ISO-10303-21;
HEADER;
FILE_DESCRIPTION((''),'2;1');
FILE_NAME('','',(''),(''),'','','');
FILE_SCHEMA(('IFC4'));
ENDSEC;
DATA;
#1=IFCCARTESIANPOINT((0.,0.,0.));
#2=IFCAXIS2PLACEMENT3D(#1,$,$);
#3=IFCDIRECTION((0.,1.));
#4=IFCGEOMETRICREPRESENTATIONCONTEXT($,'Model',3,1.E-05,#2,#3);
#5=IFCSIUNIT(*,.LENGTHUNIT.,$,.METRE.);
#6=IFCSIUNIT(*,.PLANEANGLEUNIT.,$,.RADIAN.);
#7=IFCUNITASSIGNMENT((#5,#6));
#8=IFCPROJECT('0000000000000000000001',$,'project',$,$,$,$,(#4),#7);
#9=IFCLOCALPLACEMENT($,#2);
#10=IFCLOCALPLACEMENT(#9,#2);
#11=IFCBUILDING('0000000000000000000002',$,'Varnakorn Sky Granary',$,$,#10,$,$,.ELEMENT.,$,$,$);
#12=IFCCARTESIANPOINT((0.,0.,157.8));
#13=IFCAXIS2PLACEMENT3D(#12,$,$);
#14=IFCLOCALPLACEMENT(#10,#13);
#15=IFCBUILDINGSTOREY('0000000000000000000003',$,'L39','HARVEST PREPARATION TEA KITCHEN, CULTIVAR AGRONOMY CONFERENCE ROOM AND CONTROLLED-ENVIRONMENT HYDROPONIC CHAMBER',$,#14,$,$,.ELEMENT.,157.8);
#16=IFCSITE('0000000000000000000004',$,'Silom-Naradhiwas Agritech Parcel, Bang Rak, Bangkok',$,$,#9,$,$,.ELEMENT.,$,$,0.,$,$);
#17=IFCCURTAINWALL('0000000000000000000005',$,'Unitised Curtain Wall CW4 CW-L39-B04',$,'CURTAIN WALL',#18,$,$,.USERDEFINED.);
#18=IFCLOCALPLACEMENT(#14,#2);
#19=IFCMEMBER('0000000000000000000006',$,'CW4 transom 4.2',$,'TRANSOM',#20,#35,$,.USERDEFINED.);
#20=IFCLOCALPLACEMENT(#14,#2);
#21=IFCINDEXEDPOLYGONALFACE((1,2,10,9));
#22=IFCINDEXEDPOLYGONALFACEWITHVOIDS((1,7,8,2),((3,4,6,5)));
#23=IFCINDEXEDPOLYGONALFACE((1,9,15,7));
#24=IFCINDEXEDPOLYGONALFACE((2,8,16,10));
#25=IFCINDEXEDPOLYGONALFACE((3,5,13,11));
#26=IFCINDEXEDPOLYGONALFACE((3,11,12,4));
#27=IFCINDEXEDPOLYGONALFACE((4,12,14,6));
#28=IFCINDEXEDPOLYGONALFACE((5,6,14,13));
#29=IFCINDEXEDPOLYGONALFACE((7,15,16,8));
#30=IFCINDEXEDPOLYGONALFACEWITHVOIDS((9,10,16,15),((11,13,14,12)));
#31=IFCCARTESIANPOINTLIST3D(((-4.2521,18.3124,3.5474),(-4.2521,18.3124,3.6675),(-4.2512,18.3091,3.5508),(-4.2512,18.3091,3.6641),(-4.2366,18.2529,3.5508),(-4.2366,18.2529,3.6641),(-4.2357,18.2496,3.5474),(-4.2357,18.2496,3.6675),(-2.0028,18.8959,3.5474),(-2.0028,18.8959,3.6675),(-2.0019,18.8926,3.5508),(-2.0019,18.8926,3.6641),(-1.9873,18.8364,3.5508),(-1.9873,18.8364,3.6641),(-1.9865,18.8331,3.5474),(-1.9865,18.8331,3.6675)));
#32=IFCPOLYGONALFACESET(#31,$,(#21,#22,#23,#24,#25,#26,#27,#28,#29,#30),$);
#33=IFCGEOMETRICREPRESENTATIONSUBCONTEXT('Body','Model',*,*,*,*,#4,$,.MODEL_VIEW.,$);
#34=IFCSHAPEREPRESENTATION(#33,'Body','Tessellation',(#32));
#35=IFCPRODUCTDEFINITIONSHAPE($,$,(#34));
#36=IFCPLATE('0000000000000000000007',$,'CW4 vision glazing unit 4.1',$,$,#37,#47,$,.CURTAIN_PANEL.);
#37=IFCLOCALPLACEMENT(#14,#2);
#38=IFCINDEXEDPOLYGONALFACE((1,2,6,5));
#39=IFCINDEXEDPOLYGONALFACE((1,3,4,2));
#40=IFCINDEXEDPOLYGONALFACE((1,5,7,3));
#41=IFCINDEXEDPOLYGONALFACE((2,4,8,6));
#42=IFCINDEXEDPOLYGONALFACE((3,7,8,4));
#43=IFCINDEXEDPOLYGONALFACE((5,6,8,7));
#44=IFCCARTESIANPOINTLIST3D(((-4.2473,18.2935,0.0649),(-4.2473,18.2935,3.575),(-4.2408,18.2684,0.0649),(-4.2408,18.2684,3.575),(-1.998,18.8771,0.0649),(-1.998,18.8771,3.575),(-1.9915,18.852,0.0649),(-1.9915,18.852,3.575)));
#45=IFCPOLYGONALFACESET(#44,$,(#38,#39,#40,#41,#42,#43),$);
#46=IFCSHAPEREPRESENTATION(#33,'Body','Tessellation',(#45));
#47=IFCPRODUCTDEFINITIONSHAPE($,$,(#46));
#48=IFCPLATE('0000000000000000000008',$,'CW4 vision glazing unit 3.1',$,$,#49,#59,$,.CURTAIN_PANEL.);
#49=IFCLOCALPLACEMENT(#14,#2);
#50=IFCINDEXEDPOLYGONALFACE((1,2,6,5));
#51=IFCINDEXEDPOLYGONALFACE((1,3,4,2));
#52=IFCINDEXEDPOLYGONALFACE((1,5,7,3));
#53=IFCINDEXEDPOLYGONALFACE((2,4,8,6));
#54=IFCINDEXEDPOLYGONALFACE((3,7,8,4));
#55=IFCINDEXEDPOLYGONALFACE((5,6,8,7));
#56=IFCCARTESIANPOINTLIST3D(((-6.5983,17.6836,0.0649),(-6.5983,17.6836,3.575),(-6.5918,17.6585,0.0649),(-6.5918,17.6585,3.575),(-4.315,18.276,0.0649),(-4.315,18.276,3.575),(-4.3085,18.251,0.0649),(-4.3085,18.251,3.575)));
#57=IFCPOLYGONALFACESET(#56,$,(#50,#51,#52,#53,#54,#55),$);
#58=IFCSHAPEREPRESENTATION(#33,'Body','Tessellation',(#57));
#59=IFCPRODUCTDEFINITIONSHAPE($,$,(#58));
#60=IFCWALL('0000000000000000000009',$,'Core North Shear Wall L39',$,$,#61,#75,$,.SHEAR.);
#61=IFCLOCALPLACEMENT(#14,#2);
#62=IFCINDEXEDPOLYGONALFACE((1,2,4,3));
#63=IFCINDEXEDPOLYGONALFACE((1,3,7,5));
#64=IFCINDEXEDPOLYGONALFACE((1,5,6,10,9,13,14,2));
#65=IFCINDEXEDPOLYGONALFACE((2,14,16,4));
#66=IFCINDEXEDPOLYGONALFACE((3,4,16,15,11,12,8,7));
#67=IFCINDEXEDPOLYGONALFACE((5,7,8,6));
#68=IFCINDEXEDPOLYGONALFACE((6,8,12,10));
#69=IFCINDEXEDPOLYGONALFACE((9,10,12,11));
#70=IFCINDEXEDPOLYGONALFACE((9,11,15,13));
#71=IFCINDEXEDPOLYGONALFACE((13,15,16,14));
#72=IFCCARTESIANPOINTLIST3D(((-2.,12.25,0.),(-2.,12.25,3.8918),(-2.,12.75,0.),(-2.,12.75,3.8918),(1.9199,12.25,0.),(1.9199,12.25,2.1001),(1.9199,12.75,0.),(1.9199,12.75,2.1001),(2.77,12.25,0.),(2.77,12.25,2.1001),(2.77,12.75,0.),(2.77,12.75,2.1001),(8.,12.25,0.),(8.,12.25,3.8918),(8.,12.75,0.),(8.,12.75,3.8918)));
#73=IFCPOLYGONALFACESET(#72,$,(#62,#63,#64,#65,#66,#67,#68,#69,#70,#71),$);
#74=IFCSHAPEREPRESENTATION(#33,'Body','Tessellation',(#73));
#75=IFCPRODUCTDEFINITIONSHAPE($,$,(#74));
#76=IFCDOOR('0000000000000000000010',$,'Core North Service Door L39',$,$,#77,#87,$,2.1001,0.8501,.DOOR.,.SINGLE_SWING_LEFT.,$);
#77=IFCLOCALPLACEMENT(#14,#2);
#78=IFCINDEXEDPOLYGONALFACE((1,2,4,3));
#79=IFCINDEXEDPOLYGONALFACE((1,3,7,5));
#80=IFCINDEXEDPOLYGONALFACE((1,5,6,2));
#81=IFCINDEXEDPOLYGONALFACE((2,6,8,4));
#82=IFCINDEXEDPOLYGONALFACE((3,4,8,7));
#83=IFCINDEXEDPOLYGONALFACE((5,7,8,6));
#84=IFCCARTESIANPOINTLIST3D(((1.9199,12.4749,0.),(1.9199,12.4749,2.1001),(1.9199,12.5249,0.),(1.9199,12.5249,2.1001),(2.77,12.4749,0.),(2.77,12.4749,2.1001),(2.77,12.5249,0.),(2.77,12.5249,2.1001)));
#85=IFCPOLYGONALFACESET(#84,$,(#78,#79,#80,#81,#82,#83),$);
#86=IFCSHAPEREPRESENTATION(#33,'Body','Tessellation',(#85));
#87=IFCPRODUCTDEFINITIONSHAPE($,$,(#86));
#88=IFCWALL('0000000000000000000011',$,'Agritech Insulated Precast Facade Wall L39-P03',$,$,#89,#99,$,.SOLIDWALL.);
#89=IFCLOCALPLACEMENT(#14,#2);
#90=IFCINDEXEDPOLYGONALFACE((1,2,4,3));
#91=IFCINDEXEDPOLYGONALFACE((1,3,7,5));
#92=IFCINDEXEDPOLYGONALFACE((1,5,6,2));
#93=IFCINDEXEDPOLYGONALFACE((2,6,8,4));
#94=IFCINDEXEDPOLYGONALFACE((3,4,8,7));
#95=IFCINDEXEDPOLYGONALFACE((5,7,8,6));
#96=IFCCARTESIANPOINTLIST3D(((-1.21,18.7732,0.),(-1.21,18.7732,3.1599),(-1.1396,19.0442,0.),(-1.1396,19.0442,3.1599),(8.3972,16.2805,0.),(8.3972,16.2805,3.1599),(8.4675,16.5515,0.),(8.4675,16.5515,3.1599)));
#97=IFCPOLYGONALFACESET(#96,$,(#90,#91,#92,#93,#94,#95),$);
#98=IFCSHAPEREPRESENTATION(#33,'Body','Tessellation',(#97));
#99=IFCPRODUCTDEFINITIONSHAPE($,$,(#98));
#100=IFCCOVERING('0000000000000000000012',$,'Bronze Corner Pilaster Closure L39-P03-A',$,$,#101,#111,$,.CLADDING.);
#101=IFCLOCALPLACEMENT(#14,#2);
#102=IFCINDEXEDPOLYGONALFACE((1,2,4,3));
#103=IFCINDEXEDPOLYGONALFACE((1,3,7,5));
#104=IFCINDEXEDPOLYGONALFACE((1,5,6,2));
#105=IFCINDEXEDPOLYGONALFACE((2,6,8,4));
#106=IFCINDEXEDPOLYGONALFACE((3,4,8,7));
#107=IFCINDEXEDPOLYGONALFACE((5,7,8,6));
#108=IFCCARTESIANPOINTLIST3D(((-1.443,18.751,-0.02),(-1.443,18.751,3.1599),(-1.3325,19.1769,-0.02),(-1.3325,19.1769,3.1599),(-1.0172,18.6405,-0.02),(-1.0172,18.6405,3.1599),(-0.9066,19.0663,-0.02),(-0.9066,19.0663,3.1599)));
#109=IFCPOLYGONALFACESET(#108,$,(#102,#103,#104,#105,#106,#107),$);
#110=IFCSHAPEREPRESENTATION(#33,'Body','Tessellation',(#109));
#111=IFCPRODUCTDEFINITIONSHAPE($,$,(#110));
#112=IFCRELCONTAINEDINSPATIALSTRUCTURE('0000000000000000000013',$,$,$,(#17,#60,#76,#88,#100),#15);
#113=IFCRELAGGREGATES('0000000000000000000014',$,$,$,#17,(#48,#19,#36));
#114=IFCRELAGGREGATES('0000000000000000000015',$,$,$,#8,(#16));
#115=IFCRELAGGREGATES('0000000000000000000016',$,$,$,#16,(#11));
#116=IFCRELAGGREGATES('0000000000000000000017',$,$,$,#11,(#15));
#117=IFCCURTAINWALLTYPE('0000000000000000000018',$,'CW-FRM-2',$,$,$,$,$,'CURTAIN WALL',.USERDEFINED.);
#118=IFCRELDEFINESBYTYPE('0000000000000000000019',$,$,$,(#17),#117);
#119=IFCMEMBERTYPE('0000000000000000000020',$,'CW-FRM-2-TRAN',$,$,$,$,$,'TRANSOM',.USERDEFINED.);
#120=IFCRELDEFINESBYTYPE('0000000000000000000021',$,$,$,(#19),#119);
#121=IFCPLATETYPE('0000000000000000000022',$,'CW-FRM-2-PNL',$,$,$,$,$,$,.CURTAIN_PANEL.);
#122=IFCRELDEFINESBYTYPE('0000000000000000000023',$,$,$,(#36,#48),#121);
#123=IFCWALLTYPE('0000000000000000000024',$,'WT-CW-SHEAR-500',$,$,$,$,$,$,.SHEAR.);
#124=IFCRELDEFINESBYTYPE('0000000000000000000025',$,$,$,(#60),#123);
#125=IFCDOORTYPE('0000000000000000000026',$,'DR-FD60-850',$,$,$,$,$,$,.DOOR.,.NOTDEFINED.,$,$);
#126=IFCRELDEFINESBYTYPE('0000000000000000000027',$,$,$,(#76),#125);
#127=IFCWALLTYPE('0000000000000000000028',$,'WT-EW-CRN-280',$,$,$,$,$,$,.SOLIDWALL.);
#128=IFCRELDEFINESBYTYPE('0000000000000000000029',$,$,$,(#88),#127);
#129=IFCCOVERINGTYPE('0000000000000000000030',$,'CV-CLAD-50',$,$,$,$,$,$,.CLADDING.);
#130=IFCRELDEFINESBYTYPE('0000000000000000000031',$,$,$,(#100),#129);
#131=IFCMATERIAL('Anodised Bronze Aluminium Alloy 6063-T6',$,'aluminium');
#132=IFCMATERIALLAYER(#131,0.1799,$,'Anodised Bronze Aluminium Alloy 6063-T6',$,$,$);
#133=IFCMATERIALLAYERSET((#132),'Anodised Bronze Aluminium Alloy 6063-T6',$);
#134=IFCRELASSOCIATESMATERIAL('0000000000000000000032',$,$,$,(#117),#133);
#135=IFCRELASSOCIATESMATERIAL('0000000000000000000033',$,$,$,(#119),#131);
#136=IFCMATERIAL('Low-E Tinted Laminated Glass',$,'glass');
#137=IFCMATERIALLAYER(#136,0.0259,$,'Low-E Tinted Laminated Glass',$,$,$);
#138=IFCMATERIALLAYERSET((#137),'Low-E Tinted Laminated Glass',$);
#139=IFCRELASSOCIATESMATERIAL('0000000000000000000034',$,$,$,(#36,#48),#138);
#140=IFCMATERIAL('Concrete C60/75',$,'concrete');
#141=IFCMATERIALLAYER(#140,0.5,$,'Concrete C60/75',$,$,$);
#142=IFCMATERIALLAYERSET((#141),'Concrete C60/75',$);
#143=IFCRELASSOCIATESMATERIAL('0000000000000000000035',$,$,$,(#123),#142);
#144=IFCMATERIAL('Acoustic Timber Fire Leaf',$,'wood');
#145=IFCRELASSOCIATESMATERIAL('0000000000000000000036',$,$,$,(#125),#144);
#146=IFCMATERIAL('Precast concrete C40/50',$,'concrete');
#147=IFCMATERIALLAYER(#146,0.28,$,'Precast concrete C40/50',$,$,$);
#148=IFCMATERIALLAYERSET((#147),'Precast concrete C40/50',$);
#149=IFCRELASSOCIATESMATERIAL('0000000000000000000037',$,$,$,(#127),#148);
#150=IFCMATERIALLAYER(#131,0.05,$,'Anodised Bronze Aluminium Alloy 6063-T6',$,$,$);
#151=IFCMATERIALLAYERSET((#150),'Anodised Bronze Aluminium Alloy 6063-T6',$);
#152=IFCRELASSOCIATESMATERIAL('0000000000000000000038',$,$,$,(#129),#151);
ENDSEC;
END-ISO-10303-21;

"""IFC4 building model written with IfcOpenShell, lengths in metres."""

from ifc_helpers import new_model, si_unit, direction, frame, frame_2d, origin, origin_2d, place, context, subcontext, project, spatial, rectangle, hollow_rectangle, extrude, source, transform, mapped, material, layer, layer_set, material_profile, profile_set, type_object, type_shapes, element, fill, aggregate, save


model = new_model("IFC4")

# Units and contexts
model_context = context("Model", 3, precision=1e-05, world=origin(), true_north=direction((0.0, 1.0)))
body_context = subcontext(model_context, "Body", "Model", "MODEL_VIEW")
ifc_project = project(units=[si_unit("LENGTHUNIT", "METRE"), si_unit("PLANEANGLEUNIT", "RADIAN")], contexts=[model_context])

# Site, building, storey
site_placement = place(None, origin())
site = spatial("IfcSite", under=ifc_project, at=site_placement, Name="Silom-Naradhiwas Agritech Parcel, Bang Rak, Bangkok", CompositionType="ELEMENT", RefElevation=0.0)
building_placement = place(site_placement, origin())
building = spatial("IfcBuilding", under=site, at=building_placement, Name="Varnakorn Sky Granary", CompositionType="ELEMENT")
storey_placement = place(building_placement, frame((0.0, 0.0, 157.8)))
storey = spatial("IfcBuildingStorey", under=building, at=storey_placement, Name="L39", Description="HARVEST PREPARATION TEA KITCHEN, CULTIVAR AGRONOMY CONFERENCE ROOM AND CONTROLLED-ENVIRONMENT HYDROPONIC CHAMBER", CompositionType="ELEMENT", Elevation=157.8)

# Curtain wall, member, plates
ifc_material_1 = material(Name="Anodised Bronze Aluminium Alloy 6063-T6", Category="aluminium")
ifc_layer_1 = layer(ifc_material_1, 0.1799, Name="Anodised Bronze Aluminium Alloy 6063-T6")
ifc_layer_set_1 = layer_set([ifc_layer_1], Name="Anodised Bronze Aluminium Alloy 6063-T6")
curtain_wall_type = type_object("IfcCurtainWallType", Name="CW-FRM-2", ElementType="CURTAIN WALL", PredefinedType="USERDEFINED", material=ifc_layer_set_1)
curtain_wall_placement = place(storey_placement, origin())
curtain_wall = element("IfcCurtainWall", 1, at=curtain_wall_placement, inside=storey, type_object=curtain_wall_type, Name="Unitised Curtain Wall CW4 CW-L39-B04", ObjectType="CURTAIN WALL", PredefinedType="USERDEFINED")
ifc_material_profile_1 = material_profile(ifc_material_1, hollow_rectangle(XDim=0.0649, YDim=0.1201, WallThickness=0.0034, at=origin_2d()), Name="ALU TRAN 65x120")
ifc_profile_set_1 = profile_set([ifc_material_profile_1], Name="Anodised Bronze Aluminium Alloy 6063-T6")
member_type_1 = type_object("IfcMemberType", Name="CW-FRM-2-TRAN", ElementType="TRANSOM", PredefinedType="USERDEFINED", material=ifc_profile_set_1)
member_1_placement = place(storey_placement, frame((-4.2439, 18.281, 3.6074), z_axis=(0.96796, 0.251104, 0.0), x_axis=(-0.251104, 0.96796, 0.0)))
member_1 = element("IfcMember", 2, at=member_1_placement, type_object=member_type_1, Name="CW4 transom 4.2", ObjectType="TRANSOM", PredefinedType="USERDEFINED", context=body_context, shape_type="SweptSolid", body=[
    extrude(hollow_rectangle(XDim=0.0649, YDim=0.1201, WallThickness=0.0034, at=origin_2d()), origin(), (0.0, 0.0, 1.0), 2.3237),
])
ifc_material_2 = material(Name="Low-E Tinted Laminated Glass", Category="glass")
ifc_layer_2 = layer(ifc_material_2, 0.0259, Name="Low-E Tinted Laminated Glass")
ifc_layer_set_2 = layer_set([ifc_layer_2], Name="Low-E Tinted Laminated Glass")
plate_type = type_object("IfcPlateType", Name="CW-FRM-2-PNL", PredefinedType="CURTAIN_PANEL")
shared_shape_1 = source(origin(), body_context, "Body", "SweptSolid", [
    extrude(rectangle(XDim=2.3237, YDim=0.0259, at=origin_2d()), origin(), (0.0, 0.0, 1.0), 3.51),
])
plate_1_placement = place(storey_placement, frame((-3.1194, 18.5728, 0.0649), z_axis=(0.0, 0.0, 1.0), x_axis=(0.967949, 0.251146, 0.0)))
plate_1 = element("IfcPlate", 3, at=plate_1_placement, type_object=plate_type, material=ifc_layer_set_2, Name="CW4 vision glazing unit 4.1", PredefinedType="CURTAIN_PANEL", context=body_context, shape_type="MappedRepresentation", body=[
    mapped(shared_shape_1, transform((0.0, 0.0, 0.0), x_axis=(1.0, 0.0, 0.0), y_axis=(0.0, 1.0, 0.0), z_axis=(0.0, 0.0, 1.0), scale=1.0)),
])
shared_shape_2 = source(origin(), body_context, "Body", "SweptSolid", [
    extrude(rectangle(XDim=2.3589, YDim=0.0259, at=origin_2d()), origin(), (0.0, 0.0, 1.0), 3.51),
])
type_shapes(plate_type, [shared_shape_1, shared_shape_2])
plate_2_placement = place(storey_placement, frame((-5.4534, 17.9673, 0.0649), z_axis=(0.0, 0.0, 1.0), x_axis=(0.967949, 0.251146, 0.0)))
plate_2 = element("IfcPlate", 4, at=plate_2_placement, type_object=plate_type, material=ifc_layer_set_2, Name="CW4 vision glazing unit 3.1", PredefinedType="CURTAIN_PANEL", context=body_context, shape_type="MappedRepresentation", body=[
    mapped(shared_shape_2, transform((0.0, 0.0, 0.0), x_axis=(1.0, 0.0, 0.0), y_axis=(0.0, 1.0, 0.0), z_axis=(0.0, 0.0, 1.0), scale=1.0)),
])
aggregate(curtain_wall, [plate_2, member_1, plate_1])

# Wall, opening, door
ifc_material_3 = material(Name="Concrete C60/75", Category="concrete")
ifc_layer_3 = layer(ifc_material_3, 0.5, Name="Concrete C60/75")
ifc_layer_set_3 = layer_set([ifc_layer_3], Name="Concrete C60/75")
wall_type_1 = type_object("IfcWallType", Name="WT-CW-SHEAR-500", PredefinedType="SHEAR", material=ifc_layer_set_3)
wall_1_placement = place(storey_placement, frame((-2.0, 12.5, 0.0), z_axis=(0.0, 0.0, 1.0), x_axis=(1.0, 0.0, 0.0)))
wall_1 = element("IfcWall", 5, at=wall_1_placement, inside=storey, type_object=wall_type_1, Name="Core North Shear Wall L39", PredefinedType="SHEAR", context=body_context, shape_type="SweptSolid", body=[
    extrude(rectangle(XDim=10.0, YDim=0.5, at=frame_2d((5.0, 0.0))), origin(), (0.0, 0.0, 1.0), 3.8918),
])
opening_placement = place(wall_1_placement, frame((3.9199, 0.0, 0.0)))
opening = element("IfcOpeningElement", 6, at=opening_placement, cuts=wall_1, PredefinedType="OPENING", context=body_context, shape_type="SweptSolid", body=[
    extrude(rectangle(XDim=0.8501, YDim=2.1001, at=frame_2d((0.425, 1.05))), frame((0.0, 0.26, 0.0), z_axis=(0.0, -1.0, 0.0), x_axis=(1.0, 0.0, 0.0)), (0.0, 0.0, 1.0), 0.52),
])
ifc_material_4 = material(Name="Acoustic Timber Fire Leaf", Category="wood")
door_type = type_object("IfcDoorType", Name="DR-FD60-850", OperationType="NOTDEFINED", PredefinedType="DOOR", material=ifc_material_4)
door_placement = place(opening_placement, origin())
door = element("IfcDoor", 7, at=door_placement, inside=storey, type_object=door_type, Name="Core North Service Door L39", OperationType="SINGLE_SWING_LEFT", OverallHeight=2.1001, OverallWidth=0.8501, PredefinedType="DOOR", context=body_context, shape_type="SweptSolid", body=[
    extrude(rectangle(XDim=0.8501, YDim=2.1001, at=frame_2d((0.425, 1.05))), frame((0.0, 0.0249, 0.0), z_axis=(0.0, -1.0, 0.0), x_axis=(1.0, 0.0, 0.0)), (0.0, 0.0, 1.0), 0.05),
])
fill(opening, door)

# Wall
ifc_material_5 = material(Name="Precast concrete C40/50", Category="concrete")
ifc_layer_4 = layer(ifc_material_5, 0.28, Name="Precast concrete C40/50")
ifc_layer_set_4 = layer_set([ifc_layer_4], Name="Precast concrete C40/50")
wall_type_2 = type_object("IfcWallType", Name="WT-EW-CRN-280", PredefinedType="SOLIDWALL", material=ifc_layer_set_4)
wall_2_placement = place(storey_placement, frame((-1.1748, 18.9087, 0.0), z_axis=(0.0, 0.0, 1.0), x_axis=(0.96795, -0.251144, 0.0)))
element("IfcWall", 8, at=wall_2_placement, inside=storey, type_object=wall_type_2, Name="Agritech Insulated Precast Facade Wall L39-P03", PredefinedType="SOLIDWALL", context=body_context, shape_type="SweptSolid", body=[
    extrude(rectangle(XDim=9.9253, YDim=0.28, at=frame_2d((4.9626, 0.0))), origin(), (0.0, 0.0, 1.0), 3.1599),
])

# Covering
ifc_layer_5 = layer(ifc_material_1, 0.05, Name="Anodised Bronze Aluminium Alloy 6063-T6")
ifc_layer_set_5 = layer_set([ifc_layer_5], Name="Anodised Bronze Aluminium Alloy 6063-T6")
covering_type = type_object("IfcCoveringType", Name="CV-CLAD-50", PredefinedType="CLADDING", material=ifc_layer_set_5)
shared_shape_3 = source(origin(), body_context, "Body", "SweptSolid", [
    extrude(rectangle(XDim=0.4399, YDim=0.4399, at=origin_2d()), origin(), (0.0, 0.0, 1.0), 3.1799),
])
type_shapes(covering_type, [shared_shape_3])
covering_placement = place(storey_placement, frame((-1.1748, 18.9087, -0.02), z_axis=(0.0, 0.0, 1.0), x_axis=(0.967929, -0.251225, 0.0)))
element("IfcCovering", 9, at=covering_placement, inside=storey, type_object=covering_type, Name="Bronze Corner Pilaster Closure L39-P03-A", PredefinedType="CLADDING", context=body_context, shape_type="MappedRepresentation", body=[
    mapped(shared_shape_3, transform((0.0, 0.0, 0.0), x_axis=(1.0, 0.0, 0.0), y_axis=(0.0, 1.0, 0.0), z_axis=(0.0, 0.0, 1.0), scale=1.0)),
])

save(model, "model.ifc")
